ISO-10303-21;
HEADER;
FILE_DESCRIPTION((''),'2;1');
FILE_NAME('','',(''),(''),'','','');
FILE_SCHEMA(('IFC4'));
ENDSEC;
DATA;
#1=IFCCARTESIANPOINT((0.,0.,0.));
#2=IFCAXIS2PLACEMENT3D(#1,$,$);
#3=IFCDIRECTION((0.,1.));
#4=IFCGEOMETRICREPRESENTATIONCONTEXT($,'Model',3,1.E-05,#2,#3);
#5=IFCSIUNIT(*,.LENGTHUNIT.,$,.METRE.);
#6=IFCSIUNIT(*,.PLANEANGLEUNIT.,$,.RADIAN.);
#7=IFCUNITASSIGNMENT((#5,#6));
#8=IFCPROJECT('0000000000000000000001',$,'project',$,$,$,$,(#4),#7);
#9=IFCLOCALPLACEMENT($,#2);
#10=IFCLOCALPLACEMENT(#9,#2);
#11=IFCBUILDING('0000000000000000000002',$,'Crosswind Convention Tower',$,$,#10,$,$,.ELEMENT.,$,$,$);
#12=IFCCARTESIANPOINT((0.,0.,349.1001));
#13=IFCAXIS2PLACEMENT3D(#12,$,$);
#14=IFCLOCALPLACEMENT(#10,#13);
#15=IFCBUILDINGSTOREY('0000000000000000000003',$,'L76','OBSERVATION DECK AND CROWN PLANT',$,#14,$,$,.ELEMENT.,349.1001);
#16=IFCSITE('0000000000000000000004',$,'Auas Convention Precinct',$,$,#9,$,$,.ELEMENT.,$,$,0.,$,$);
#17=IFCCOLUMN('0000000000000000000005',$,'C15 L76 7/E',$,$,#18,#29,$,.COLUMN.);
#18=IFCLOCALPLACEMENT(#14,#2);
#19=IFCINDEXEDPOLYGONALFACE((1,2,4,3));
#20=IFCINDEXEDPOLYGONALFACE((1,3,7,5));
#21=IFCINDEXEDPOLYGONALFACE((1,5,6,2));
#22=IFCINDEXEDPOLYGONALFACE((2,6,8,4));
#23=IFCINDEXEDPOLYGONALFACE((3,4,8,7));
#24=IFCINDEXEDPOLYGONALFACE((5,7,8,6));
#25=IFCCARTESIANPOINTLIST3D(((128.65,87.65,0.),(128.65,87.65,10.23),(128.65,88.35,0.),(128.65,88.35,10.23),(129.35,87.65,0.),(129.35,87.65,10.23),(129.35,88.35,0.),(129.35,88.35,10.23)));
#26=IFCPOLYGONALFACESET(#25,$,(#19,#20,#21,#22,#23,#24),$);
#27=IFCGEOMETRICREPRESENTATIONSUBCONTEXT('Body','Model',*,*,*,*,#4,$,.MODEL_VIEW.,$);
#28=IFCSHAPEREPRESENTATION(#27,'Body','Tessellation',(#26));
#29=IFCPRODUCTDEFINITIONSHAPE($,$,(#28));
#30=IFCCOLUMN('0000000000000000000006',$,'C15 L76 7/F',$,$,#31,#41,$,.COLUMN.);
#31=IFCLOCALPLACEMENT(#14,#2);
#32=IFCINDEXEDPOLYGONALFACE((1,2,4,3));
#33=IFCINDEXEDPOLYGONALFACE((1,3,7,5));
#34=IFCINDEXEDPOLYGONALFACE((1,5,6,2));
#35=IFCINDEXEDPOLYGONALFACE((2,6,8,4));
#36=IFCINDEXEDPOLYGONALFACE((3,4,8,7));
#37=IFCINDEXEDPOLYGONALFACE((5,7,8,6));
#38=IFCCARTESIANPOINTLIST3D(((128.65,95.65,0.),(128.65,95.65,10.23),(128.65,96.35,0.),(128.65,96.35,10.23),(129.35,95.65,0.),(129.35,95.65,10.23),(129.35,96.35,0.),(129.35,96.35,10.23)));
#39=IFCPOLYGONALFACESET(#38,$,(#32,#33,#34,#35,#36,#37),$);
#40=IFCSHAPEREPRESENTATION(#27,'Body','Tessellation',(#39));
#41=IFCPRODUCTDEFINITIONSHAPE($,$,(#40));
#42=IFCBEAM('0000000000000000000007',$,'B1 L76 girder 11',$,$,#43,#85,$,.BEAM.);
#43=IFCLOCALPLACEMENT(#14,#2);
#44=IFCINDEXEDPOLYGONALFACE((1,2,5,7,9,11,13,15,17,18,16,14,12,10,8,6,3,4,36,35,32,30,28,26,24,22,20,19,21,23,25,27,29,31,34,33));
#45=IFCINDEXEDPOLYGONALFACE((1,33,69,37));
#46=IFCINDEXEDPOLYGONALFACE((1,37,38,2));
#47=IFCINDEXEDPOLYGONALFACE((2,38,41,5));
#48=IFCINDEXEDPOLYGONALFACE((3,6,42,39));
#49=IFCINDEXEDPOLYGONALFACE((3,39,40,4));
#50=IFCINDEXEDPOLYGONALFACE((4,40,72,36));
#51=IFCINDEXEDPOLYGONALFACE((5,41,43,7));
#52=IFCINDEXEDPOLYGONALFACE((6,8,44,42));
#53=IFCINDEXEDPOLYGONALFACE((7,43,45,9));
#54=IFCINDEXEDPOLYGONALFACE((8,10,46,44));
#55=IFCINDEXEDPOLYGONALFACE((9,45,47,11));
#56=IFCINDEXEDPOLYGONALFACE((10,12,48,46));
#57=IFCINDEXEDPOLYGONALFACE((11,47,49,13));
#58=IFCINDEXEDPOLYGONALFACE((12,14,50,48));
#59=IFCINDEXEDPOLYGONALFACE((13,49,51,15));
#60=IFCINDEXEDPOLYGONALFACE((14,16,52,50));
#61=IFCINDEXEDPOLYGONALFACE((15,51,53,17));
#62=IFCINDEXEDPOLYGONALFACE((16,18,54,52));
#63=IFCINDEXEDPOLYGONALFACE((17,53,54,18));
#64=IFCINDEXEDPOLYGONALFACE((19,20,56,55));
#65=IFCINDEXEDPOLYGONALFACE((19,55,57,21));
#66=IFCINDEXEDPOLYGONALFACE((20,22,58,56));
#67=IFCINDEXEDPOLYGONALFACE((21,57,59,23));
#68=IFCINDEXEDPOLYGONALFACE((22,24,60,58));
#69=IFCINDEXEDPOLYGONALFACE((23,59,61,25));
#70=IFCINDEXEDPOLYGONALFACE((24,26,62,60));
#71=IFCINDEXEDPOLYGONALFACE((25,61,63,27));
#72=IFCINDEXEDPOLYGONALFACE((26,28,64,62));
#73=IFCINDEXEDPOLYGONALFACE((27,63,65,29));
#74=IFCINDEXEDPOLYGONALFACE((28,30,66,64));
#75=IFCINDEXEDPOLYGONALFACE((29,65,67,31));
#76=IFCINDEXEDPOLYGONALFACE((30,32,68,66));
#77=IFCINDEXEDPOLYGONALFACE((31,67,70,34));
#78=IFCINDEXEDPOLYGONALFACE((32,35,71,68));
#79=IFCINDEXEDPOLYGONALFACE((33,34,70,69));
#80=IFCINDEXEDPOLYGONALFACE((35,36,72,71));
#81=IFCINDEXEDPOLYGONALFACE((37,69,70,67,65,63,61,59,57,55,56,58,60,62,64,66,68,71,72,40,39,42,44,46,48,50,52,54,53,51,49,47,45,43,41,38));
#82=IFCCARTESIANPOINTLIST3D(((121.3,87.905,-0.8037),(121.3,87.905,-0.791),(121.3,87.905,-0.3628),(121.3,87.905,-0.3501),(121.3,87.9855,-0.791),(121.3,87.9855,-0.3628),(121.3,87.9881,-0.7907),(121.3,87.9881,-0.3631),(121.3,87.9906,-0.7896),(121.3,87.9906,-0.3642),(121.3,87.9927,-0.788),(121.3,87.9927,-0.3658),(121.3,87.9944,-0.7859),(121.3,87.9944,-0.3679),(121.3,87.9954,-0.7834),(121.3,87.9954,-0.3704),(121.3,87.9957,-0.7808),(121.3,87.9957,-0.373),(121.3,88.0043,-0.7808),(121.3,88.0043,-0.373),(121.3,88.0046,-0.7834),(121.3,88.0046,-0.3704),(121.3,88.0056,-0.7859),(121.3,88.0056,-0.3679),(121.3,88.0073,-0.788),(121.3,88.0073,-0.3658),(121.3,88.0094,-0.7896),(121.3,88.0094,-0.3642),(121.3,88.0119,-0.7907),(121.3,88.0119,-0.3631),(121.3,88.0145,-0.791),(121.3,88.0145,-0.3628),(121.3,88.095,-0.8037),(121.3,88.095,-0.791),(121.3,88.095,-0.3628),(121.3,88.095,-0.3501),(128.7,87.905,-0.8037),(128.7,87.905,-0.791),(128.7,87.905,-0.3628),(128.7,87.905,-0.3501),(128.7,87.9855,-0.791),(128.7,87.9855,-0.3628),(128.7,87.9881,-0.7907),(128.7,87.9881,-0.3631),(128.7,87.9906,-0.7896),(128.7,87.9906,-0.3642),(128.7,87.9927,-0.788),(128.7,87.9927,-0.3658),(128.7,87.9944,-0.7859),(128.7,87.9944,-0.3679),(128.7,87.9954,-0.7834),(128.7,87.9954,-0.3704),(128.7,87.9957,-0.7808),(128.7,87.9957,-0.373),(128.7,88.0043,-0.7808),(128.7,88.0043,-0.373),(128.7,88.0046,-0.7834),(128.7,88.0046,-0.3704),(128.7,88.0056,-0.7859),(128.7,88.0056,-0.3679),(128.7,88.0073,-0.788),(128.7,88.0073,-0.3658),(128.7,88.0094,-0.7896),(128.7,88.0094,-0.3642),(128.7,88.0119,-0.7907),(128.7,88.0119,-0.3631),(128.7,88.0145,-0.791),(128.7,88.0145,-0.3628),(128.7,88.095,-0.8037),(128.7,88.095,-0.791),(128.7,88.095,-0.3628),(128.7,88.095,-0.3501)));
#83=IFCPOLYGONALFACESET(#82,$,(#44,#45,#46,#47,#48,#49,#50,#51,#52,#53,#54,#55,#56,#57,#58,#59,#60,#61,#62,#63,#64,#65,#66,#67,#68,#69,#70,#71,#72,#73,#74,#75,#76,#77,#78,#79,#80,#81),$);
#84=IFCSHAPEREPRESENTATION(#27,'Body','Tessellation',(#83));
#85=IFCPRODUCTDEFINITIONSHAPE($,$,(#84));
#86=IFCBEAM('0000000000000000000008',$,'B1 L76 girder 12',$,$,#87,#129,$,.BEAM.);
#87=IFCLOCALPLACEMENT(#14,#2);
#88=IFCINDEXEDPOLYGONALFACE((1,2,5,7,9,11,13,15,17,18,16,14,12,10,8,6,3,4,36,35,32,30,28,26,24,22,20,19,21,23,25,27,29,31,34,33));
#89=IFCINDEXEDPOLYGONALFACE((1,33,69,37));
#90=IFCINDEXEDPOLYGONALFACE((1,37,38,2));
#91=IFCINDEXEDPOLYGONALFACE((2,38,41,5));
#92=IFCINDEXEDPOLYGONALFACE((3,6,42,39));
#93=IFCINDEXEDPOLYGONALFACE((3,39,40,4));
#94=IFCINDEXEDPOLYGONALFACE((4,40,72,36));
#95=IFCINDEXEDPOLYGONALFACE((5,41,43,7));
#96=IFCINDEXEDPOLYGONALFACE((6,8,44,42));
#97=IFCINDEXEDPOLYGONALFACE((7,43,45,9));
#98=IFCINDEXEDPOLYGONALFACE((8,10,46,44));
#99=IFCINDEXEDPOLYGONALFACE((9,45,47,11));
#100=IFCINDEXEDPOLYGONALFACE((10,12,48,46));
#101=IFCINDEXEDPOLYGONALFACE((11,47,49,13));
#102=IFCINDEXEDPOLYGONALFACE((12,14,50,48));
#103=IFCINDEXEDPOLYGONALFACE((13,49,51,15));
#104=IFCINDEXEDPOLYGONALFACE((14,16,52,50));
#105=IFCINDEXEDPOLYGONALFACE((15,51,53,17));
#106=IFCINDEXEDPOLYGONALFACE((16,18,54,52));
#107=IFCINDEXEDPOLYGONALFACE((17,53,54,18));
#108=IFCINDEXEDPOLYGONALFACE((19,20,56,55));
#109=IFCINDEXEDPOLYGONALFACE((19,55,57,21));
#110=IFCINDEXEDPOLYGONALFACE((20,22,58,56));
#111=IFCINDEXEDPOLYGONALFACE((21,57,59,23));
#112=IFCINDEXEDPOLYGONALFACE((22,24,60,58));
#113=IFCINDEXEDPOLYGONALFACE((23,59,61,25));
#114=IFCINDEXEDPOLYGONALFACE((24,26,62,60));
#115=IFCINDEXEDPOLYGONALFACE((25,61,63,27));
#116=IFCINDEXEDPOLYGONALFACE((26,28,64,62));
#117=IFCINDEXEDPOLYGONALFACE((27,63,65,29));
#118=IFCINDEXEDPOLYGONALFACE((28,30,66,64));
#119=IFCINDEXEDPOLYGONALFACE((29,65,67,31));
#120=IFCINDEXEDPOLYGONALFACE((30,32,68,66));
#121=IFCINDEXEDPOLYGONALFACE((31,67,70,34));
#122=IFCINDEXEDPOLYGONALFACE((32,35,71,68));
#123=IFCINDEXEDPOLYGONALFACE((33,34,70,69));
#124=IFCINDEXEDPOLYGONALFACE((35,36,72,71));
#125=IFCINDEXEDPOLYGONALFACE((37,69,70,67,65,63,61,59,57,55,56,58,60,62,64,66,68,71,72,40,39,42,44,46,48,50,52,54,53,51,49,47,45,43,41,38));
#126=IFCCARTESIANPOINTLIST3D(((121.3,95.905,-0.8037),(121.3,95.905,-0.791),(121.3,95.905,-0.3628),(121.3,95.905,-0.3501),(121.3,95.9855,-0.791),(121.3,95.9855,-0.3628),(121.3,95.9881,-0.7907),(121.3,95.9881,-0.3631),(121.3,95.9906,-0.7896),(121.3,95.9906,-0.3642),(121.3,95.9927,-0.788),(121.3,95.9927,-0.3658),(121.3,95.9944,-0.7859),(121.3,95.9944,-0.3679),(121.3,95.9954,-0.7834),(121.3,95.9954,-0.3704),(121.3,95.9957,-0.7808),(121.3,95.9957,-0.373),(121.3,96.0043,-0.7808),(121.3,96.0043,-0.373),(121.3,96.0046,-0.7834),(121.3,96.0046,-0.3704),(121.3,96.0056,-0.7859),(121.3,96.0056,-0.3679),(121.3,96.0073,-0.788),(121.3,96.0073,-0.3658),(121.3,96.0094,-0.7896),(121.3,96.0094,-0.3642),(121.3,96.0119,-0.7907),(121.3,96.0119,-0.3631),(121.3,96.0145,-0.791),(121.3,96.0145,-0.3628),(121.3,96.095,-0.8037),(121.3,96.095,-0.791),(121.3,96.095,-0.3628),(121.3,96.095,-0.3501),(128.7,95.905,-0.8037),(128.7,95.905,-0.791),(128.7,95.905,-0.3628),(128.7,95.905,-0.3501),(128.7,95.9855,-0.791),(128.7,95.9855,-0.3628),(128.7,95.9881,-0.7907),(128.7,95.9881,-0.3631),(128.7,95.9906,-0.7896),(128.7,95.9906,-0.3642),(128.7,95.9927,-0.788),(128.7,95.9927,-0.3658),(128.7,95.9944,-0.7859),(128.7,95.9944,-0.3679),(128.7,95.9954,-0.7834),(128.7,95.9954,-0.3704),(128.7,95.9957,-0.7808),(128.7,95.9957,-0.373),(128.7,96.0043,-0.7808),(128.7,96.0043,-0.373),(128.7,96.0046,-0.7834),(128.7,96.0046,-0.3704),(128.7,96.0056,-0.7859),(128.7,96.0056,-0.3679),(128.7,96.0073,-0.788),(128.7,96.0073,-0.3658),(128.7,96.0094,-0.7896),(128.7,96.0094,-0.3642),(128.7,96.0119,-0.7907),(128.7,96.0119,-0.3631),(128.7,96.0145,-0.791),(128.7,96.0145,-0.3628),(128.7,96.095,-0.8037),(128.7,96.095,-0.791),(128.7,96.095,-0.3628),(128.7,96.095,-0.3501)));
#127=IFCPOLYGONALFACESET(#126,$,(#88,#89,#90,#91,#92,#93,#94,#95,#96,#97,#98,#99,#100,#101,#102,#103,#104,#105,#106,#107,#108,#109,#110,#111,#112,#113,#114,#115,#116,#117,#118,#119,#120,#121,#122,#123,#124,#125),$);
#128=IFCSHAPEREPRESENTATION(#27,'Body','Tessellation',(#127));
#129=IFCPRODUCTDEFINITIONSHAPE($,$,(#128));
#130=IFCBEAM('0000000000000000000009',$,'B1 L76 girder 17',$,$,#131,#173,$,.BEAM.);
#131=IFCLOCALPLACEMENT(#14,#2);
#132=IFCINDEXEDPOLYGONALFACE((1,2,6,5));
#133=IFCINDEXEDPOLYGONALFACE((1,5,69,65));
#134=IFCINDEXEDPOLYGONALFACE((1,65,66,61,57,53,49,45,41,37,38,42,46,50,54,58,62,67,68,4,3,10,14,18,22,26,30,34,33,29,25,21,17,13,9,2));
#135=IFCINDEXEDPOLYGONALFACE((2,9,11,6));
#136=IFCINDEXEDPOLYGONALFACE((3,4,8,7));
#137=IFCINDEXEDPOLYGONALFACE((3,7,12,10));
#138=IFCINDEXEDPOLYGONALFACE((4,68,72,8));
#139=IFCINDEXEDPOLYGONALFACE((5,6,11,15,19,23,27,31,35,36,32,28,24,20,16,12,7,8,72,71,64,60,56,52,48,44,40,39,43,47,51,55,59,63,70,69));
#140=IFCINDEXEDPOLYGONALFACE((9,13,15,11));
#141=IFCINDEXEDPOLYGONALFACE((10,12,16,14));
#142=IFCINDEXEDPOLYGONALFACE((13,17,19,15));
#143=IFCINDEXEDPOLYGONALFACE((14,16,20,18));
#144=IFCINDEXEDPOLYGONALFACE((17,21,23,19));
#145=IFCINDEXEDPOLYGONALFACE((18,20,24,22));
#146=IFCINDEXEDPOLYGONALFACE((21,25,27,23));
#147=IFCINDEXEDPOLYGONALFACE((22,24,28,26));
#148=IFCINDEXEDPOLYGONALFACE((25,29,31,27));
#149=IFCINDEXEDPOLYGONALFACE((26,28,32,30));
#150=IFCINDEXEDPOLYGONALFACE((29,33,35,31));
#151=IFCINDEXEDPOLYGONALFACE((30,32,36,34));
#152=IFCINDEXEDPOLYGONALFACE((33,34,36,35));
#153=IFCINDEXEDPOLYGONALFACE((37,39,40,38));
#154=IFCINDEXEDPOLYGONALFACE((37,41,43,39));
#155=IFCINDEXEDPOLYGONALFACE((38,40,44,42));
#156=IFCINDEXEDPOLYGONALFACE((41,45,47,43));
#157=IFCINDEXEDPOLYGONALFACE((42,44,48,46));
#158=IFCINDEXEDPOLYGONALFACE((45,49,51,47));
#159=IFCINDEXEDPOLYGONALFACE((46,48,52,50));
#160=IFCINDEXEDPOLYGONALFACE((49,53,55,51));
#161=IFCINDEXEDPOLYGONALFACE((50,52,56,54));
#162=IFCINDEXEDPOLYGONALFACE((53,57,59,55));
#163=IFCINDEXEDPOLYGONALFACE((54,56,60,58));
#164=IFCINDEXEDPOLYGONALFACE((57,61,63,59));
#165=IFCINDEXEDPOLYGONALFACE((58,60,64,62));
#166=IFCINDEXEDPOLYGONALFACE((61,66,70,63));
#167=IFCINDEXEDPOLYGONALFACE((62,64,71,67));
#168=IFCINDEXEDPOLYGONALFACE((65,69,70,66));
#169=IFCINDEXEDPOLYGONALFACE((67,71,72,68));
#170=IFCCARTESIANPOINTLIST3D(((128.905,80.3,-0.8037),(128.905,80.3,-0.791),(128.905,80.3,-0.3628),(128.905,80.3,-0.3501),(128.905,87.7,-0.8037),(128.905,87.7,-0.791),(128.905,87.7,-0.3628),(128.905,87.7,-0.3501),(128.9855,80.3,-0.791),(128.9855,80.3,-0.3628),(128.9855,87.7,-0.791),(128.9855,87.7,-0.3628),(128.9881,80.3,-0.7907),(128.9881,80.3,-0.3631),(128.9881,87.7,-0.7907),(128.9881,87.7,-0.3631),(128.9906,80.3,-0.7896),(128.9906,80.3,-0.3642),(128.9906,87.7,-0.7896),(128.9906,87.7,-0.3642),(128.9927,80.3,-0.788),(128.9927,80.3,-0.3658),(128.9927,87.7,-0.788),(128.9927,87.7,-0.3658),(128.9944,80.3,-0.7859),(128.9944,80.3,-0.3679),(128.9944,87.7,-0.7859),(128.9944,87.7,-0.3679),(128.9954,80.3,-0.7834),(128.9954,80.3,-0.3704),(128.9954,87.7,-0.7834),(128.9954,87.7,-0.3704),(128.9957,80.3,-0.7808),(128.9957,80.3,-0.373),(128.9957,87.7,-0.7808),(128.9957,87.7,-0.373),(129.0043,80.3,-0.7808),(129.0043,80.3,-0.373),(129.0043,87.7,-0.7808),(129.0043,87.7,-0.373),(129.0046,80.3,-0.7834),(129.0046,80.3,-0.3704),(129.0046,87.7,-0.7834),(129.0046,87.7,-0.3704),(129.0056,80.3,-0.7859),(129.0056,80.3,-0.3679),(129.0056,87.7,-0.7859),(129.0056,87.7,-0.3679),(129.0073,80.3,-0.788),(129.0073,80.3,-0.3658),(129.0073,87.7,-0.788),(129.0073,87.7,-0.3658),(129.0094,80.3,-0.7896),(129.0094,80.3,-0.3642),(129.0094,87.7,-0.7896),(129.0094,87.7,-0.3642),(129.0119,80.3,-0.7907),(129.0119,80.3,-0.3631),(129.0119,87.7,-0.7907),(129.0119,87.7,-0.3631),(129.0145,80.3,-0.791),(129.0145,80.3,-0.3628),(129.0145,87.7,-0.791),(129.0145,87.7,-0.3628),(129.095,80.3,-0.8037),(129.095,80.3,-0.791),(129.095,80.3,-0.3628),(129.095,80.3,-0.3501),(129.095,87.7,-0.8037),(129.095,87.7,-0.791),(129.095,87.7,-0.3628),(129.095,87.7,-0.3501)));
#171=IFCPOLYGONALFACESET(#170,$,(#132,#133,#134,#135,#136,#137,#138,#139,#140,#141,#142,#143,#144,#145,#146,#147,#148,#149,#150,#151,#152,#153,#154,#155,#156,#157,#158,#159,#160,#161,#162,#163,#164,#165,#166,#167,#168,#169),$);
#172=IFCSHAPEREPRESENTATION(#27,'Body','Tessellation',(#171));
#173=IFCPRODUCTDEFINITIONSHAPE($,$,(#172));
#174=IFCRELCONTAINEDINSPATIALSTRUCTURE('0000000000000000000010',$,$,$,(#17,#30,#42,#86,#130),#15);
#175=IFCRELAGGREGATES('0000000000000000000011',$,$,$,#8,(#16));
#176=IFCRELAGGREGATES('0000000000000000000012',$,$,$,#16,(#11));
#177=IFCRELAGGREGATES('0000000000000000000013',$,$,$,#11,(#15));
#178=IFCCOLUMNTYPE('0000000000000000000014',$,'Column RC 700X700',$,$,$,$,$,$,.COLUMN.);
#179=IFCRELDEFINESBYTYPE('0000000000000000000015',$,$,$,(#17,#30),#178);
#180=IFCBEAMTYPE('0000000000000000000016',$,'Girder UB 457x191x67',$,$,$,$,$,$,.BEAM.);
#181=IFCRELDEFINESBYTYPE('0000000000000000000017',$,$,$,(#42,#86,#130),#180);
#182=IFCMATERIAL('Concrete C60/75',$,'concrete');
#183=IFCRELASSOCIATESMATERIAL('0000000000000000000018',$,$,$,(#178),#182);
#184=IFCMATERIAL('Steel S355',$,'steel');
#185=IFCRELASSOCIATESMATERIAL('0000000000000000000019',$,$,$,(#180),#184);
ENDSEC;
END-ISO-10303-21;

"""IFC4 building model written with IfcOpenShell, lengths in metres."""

from ifc_helpers import new_model, si_unit, direction, frame, origin, origin_2d, place, context, subcontext, project, spatial, rectangle, i_section, extrude, material, material_profile, profile_set, type_object, element, save


model = new_model("IFC4")

# Units and contexts
model_context = context("Model", 3, precision=1e-05, world=origin(), true_north=direction((0.0, 1.0)))
body_context = subcontext(model_context, "Body", "Model", "MODEL_VIEW")
ifc_project = project(units=[si_unit("LENGTHUNIT", "METRE"), si_unit("PLANEANGLEUNIT", "RADIAN")], contexts=[model_context])

# Site, building, storey
site_placement = place(None, origin())
site = spatial("IfcSite", under=ifc_project, at=site_placement, Name="Auas Convention Precinct", CompositionType="ELEMENT", RefElevation=0.0)
building_placement = place(site_placement, origin())
building = spatial("IfcBuilding", under=site, at=building_placement, Name="Crosswind Convention Tower", CompositionType="ELEMENT")
storey_placement = place(building_placement, frame((0.0, 0.0, 349.1001)))
storey = spatial("IfcBuildingStorey", under=building, at=storey_placement, Name="L76", Description="OBSERVATION DECK AND CROWN PLANT", CompositionType="ELEMENT", Elevation=349.1001)

# Columns
ifc_material_1 = material(Name="Concrete C60/75", Category="concrete")
ifc_material_profile_1 = material_profile(ifc_material_1, rectangle(XDim=0.7, YDim=0.7, at=origin_2d()), Name="RC 700X700")
ifc_profile_set_1 = profile_set([ifc_material_profile_1], Name="Concrete C60/75")
column_type = type_object("IfcColumnType", Name="Column RC 700X700", PredefinedType="COLUMN", material=ifc_profile_set_1)
for number, where, z_axis, x_axis, name in (
    (1, (129.0, 88.0, 0.0), (0.0, 0.0, 1.0), (1.0, 0.0, 0.0), "C15 L76 7/E"),
    (2, (129.0, 96.0, 0.0), (0.0, 0.0, 1.0), (1.0, 0.0, 0.0), "C15 L76 7/F"),
):
    element("IfcColumn", number, at=place(storey_placement, frame(where, z_axis=z_axis, x_axis=x_axis)), inside=storey, type_object=column_type, Name=name, PredefinedType="COLUMN", context=body_context, shape_type="SweptSolid", body=[
        extrude(rectangle(XDim=0.7, YDim=0.7, at=origin_2d()), origin(), (0.0, 0.0, 1.0), 10.23),
    ])

# Beams
ifc_material_2 = material(Name="Steel S355", Category="steel")
ifc_material_profile_2 = material_profile(ifc_material_2, i_section(OverallWidth=0.1899, OverallDepth=0.4536, WebThickness=0.0085, FlangeThickness=0.0127, FilletRadius=0.0103, at=origin_2d()), Name="UB 457x191x67")
ifc_profile_set_2 = profile_set([ifc_material_profile_2], Name="Steel S355")
beam_type_1 = type_object("IfcBeamType", Name="Girder UB 457x191x67", PredefinedType="BEAM", material=ifc_profile_set_2)
for number, where, z_axis, x_axis, name in (
    (3, (121.3, 88.0, -0.5769), (1.0, 0.0, 0.0), (0.0, 1.0, 0.0), "B1 L76 girder 11"),
    (4, (121.3, 96.0, -0.5769), (1.0, 0.0, 0.0), (0.0, 1.0, 0.0), "B1 L76 girder 12"),
    (5, (129.0, 80.3, -0.5769), (0.0, 1.0, 0.0), (-1.0, 0.0, 0.0), "B1 L76 girder 17"),
):
    element("IfcBeam", number, at=place(storey_placement, frame(where, z_axis=z_axis, x_axis=x_axis)), inside=storey, type_object=beam_type_1, Name=name, PredefinedType="BEAM", context=body_context, shape_type="SweptSolid", body=[
        extrude(i_section(OverallWidth=0.1899, OverallDepth=0.4536, WebThickness=0.0085, FlangeThickness=0.0127, FilletRadius=0.0103, at=origin_2d()), origin(), (0.0, 0.0, 1.0), 7.3999),
    ])

save(model, "model.ifc")
